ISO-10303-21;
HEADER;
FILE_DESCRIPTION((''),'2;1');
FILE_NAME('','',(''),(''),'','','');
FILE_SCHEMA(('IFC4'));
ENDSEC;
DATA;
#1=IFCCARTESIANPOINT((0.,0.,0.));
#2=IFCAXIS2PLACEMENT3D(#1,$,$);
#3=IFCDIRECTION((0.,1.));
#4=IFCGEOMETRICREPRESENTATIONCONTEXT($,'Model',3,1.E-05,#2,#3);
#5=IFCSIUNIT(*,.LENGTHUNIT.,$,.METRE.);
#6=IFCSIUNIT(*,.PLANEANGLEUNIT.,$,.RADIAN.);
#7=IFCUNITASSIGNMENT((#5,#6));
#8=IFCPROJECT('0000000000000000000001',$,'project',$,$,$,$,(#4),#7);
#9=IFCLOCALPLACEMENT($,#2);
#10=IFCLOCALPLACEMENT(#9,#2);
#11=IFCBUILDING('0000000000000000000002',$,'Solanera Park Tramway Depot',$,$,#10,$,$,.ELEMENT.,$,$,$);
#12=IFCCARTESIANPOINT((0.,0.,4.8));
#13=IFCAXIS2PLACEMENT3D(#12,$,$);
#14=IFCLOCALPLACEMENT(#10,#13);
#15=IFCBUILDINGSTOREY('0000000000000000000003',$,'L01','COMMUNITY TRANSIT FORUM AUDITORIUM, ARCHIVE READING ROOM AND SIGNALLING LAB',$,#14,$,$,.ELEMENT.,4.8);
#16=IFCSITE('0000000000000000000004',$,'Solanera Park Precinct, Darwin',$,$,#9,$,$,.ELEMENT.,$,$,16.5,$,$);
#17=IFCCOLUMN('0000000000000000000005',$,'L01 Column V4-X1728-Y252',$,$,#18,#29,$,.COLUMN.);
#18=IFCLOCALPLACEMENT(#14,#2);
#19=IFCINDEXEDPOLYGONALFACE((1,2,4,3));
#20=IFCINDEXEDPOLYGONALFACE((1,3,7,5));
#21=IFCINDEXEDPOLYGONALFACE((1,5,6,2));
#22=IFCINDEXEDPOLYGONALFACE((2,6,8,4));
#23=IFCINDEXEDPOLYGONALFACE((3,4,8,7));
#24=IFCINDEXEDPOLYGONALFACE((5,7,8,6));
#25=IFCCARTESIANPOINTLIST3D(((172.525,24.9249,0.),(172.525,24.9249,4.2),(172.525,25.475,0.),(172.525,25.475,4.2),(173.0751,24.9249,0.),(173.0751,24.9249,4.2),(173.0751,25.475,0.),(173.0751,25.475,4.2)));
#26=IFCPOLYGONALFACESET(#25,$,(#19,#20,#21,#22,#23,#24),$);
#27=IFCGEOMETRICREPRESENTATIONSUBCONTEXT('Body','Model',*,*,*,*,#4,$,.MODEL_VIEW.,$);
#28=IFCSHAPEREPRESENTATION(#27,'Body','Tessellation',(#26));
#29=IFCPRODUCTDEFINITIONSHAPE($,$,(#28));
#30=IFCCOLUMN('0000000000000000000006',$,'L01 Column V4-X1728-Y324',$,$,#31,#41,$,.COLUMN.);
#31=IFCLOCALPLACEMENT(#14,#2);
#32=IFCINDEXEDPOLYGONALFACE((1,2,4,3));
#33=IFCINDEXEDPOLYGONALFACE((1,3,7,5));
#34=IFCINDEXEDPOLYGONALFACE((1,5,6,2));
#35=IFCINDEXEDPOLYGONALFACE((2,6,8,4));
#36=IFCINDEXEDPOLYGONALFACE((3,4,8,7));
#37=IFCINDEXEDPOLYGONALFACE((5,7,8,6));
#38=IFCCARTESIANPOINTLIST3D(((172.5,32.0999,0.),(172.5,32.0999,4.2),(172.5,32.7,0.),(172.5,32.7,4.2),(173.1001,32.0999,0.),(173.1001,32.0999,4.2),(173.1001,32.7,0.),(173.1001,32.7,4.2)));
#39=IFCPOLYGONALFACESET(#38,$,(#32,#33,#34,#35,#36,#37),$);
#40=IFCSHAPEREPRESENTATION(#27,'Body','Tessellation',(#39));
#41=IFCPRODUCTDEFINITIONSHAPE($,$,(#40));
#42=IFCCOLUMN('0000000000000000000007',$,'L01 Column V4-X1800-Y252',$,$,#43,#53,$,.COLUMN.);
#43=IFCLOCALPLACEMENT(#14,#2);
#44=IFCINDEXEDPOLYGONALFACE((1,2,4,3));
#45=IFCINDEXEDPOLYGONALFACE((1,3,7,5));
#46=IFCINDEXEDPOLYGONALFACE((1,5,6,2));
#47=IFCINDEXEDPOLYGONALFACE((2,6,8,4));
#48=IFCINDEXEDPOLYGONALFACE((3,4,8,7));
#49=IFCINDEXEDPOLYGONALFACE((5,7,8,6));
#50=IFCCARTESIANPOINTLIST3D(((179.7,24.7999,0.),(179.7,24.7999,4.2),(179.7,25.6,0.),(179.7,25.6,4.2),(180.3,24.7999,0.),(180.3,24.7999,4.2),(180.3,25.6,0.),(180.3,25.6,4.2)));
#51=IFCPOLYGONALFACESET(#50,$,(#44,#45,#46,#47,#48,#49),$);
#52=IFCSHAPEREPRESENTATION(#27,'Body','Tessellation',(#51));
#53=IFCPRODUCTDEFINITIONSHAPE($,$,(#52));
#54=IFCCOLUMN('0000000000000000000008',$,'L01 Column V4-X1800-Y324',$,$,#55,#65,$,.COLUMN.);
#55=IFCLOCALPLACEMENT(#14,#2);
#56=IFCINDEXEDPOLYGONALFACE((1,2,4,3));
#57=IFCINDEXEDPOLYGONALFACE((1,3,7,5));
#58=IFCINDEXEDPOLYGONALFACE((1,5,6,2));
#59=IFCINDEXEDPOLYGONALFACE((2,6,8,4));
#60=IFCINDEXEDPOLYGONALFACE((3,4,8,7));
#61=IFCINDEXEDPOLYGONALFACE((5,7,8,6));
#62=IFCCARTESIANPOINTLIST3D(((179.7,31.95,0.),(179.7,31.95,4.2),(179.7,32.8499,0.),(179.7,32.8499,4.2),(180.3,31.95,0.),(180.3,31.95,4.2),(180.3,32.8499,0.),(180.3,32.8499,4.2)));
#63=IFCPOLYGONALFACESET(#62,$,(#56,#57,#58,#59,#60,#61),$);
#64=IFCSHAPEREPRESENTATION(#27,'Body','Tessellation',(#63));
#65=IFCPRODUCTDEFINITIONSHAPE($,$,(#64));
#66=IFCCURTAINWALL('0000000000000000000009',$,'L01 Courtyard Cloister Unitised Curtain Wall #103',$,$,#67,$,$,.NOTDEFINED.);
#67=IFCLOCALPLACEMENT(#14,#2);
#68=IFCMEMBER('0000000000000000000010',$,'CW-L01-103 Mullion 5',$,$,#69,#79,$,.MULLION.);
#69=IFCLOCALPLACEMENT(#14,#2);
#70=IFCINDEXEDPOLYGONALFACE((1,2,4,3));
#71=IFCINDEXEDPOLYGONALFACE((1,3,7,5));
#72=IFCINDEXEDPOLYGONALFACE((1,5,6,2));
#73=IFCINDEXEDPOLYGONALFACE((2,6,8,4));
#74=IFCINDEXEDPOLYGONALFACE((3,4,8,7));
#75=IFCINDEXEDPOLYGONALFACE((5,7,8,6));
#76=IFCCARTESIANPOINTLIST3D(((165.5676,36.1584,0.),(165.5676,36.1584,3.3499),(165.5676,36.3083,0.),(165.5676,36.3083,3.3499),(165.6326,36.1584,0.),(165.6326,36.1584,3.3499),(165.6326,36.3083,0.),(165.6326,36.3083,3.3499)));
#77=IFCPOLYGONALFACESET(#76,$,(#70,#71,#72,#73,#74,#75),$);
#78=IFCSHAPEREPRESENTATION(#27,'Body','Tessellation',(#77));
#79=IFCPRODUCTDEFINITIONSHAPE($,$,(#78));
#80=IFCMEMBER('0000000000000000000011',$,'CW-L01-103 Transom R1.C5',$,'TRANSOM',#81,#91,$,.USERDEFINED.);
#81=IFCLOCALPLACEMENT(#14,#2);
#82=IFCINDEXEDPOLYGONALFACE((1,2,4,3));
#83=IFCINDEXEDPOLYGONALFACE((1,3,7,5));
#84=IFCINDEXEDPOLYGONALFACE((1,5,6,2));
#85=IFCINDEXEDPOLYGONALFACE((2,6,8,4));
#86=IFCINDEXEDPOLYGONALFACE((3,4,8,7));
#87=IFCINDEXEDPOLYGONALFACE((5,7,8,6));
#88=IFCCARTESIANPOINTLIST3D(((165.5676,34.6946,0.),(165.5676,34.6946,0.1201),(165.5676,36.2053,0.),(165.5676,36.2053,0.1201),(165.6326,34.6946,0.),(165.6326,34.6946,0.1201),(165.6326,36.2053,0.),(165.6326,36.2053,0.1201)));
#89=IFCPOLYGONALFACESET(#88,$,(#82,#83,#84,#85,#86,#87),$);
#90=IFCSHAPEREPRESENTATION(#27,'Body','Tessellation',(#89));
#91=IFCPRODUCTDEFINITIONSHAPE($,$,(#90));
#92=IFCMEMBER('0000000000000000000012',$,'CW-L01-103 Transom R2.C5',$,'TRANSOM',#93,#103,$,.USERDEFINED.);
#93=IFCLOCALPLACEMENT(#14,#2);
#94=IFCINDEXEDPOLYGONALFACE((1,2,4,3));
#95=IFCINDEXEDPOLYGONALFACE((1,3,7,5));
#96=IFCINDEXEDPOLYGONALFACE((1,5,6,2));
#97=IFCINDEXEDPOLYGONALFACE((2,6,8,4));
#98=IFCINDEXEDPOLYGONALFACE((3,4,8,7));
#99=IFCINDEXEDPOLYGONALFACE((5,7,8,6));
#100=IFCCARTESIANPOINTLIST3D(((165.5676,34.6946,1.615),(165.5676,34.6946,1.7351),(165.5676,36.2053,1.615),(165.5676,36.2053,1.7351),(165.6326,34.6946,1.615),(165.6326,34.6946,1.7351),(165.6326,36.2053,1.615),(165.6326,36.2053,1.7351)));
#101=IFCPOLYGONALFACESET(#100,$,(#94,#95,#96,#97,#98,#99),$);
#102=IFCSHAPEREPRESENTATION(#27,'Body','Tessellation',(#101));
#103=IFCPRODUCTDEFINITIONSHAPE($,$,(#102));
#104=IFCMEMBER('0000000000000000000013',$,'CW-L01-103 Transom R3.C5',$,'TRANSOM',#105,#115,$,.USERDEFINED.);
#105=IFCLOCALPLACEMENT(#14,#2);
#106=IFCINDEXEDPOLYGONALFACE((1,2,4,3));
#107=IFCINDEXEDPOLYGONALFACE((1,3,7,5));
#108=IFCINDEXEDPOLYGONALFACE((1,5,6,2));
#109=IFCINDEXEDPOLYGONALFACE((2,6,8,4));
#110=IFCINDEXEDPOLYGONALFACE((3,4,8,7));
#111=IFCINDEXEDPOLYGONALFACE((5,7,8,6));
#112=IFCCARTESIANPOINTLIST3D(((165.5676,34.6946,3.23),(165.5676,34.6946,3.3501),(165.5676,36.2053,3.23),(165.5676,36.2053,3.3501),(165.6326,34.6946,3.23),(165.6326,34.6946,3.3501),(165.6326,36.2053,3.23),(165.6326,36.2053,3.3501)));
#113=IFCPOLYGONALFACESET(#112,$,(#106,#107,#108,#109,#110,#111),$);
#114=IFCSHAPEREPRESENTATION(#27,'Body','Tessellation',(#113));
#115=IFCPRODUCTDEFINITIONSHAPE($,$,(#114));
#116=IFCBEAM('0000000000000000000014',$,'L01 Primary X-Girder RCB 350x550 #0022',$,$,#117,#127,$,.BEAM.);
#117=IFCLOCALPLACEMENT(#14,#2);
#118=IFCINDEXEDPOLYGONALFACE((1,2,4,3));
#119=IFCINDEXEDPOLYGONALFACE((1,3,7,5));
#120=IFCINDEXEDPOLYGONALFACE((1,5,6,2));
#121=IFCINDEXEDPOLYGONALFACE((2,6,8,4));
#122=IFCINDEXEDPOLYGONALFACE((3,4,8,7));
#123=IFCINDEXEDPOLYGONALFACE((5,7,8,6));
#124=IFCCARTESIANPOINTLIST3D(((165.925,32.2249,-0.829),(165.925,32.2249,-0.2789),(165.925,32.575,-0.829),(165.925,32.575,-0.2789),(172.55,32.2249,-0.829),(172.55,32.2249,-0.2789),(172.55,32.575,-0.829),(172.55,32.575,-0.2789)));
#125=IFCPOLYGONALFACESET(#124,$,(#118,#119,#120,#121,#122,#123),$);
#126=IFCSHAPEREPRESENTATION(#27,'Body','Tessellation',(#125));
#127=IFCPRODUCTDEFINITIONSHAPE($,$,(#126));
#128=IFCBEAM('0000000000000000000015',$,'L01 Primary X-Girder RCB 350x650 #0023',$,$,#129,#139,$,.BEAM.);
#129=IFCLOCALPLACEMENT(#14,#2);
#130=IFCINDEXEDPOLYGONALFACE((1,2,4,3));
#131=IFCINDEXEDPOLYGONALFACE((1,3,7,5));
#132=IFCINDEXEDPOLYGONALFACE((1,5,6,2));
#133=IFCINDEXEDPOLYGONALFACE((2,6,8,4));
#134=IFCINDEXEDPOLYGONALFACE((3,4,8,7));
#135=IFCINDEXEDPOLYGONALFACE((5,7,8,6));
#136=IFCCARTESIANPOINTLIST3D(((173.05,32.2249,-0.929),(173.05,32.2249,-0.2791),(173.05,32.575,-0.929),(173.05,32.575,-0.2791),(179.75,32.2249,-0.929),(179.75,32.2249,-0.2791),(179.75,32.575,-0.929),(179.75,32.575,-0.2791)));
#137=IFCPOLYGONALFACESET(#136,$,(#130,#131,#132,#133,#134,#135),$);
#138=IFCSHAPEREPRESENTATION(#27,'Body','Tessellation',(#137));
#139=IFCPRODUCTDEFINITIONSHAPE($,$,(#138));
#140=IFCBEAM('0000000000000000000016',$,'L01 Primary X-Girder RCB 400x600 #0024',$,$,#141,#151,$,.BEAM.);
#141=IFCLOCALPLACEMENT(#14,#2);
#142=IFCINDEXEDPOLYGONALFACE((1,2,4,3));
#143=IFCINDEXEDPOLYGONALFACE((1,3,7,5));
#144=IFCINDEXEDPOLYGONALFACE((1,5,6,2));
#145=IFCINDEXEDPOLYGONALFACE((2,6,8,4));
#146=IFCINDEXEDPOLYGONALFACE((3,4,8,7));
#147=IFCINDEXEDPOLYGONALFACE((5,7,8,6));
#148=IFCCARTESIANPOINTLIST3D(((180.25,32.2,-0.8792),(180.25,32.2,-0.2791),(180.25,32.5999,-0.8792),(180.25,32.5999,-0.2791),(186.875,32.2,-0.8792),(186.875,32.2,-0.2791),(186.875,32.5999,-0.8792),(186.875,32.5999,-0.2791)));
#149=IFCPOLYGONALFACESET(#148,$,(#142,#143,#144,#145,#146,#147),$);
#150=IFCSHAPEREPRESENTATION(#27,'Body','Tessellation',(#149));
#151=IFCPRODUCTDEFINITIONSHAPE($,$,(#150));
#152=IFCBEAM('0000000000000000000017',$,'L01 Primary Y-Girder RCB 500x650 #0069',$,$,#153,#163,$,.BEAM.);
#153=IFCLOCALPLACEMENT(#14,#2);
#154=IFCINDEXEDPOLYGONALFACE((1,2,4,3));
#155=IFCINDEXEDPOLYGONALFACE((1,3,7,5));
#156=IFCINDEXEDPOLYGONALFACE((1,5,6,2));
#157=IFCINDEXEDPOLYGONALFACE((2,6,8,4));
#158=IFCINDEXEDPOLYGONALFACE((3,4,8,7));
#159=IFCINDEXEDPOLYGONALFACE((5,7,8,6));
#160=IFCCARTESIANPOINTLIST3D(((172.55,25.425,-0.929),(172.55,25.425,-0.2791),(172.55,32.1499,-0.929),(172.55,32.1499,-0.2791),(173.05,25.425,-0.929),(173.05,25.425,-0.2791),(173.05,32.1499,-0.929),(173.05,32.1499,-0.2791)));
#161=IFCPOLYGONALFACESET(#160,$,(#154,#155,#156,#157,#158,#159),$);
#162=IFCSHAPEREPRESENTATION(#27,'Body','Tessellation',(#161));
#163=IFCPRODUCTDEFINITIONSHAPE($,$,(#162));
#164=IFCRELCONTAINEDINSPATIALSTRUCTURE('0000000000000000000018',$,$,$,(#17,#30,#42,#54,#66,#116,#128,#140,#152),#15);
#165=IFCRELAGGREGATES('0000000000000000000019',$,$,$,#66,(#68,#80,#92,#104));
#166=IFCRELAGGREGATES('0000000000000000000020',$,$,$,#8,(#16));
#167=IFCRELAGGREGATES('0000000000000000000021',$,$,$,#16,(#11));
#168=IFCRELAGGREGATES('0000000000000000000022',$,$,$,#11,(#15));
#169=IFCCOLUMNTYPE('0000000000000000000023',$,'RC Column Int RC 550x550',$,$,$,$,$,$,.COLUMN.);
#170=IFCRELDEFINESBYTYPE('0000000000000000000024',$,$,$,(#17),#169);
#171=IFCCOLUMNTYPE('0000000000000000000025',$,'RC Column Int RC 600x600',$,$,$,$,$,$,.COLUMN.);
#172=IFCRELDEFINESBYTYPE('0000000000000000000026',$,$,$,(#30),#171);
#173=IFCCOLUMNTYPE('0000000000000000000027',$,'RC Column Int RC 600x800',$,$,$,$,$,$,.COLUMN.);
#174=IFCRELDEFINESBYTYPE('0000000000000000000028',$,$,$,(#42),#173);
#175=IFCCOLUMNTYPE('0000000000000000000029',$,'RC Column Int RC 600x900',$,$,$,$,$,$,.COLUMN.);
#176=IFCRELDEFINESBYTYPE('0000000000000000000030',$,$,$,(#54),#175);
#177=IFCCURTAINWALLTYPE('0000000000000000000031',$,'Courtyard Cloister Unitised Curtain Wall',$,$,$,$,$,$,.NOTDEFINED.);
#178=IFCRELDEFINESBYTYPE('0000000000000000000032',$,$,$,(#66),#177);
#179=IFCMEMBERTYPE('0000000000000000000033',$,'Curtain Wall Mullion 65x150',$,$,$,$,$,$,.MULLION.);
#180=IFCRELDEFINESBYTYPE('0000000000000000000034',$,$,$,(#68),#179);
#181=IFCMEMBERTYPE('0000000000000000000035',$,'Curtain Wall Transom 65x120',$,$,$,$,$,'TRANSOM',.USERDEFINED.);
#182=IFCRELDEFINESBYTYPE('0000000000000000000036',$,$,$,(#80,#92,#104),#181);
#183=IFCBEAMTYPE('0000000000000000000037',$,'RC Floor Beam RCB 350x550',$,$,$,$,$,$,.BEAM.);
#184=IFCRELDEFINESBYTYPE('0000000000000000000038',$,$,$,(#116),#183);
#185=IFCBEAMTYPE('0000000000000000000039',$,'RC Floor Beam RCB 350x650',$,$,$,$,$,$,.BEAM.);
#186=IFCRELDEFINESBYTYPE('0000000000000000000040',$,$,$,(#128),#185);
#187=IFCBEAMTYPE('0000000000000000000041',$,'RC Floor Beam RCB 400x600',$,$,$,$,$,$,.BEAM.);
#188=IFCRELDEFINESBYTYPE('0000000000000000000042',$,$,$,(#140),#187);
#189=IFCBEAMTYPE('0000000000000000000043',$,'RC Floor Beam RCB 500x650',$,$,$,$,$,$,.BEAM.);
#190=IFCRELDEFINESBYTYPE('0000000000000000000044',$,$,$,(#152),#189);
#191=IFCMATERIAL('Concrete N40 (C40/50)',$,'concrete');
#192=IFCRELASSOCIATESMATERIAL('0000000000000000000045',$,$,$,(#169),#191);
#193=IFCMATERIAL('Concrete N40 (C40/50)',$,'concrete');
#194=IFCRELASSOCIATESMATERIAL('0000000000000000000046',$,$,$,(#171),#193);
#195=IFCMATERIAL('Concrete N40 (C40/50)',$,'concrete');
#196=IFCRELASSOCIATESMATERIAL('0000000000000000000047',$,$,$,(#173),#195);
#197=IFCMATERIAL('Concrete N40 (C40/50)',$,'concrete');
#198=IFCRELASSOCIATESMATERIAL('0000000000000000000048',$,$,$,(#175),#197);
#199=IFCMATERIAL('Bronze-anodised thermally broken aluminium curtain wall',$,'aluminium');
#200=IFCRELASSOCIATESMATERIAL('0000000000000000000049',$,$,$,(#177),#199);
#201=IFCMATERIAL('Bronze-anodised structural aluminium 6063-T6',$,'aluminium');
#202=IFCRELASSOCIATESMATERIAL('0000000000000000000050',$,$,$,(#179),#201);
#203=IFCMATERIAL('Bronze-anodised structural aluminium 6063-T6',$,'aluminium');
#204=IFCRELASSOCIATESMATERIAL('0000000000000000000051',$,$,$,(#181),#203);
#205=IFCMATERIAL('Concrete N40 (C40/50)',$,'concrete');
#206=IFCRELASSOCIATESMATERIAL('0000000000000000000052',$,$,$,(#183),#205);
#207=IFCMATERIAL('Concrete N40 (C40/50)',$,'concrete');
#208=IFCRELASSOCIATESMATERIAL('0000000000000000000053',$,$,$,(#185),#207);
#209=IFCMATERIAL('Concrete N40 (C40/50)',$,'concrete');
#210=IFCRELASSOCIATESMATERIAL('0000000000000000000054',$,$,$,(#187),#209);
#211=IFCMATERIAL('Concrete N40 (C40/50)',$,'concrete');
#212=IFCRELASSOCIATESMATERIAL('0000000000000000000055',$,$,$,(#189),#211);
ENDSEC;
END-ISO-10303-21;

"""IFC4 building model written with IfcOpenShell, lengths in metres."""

from ifc_helpers import new_model, si_unit, direction, frame, origin, origin_2d, place, context, subcontext, project, spatial, rectangle, extrude, material, material_profile, profile_set, type_object, element, aggregate, save


model = new_model("IFC4")

# Units and contexts
model_context = context("Model", 3, precision=1e-05, world=origin(), true_north=direction((0.0, 1.0)))
body_context = subcontext(model_context, "Body", "Model", "MODEL_VIEW")
ifc_project = project(units=[si_unit("LENGTHUNIT", "METRE"), si_unit("PLANEANGLEUNIT", "RADIAN")], contexts=[model_context])

# Site, building, storey
site_placement = place(None, origin())
site = spatial("IfcSite", under=ifc_project, at=site_placement, Name="Solanera Park Precinct, Darwin", CompositionType="ELEMENT", RefElevation=16.5)
building_placement = place(site_placement, origin())
building = spatial("IfcBuilding", under=site, at=building_placement, Name="Solanera Park Tramway Depot", CompositionType="ELEMENT")
storey_placement = place(building_placement, frame((0.0, 0.0, 4.8)))
storey = spatial("IfcBuildingStorey", under=building, at=storey_placement, Name="L01", Description="COMMUNITY TRANSIT FORUM AUDITORIUM, ARCHIVE READING ROOM AND SIGNALLING LAB", CompositionType="ELEMENT", Elevation=4.8)

# Columns
ifc_material_1 = material(Name="Concrete N40 (C40/50)", Category="concrete")
ifc_material_profile_1 = material_profile(ifc_material_1, rectangle(XDim=0.55, YDim=0.55, at=origin_2d()), Name="RC 550x550")
ifc_profile_set_1 = profile_set([ifc_material_profile_1], Name="Concrete N40 (C40/50)")
column_type_1 = type_object("IfcColumnType", Name="RC Column Int RC 550x550", PredefinedType="COLUMN", material=ifc_profile_set_1)
column_1_placement = place(storey_placement, frame((172.8, 25.2, 0.0), z_axis=(0.0, 0.0, 1.0), x_axis=(1.0, 0.0, 0.0)))
element("IfcColumn", 1, at=column_1_placement, inside=storey, type_object=column_type_1, Name="L01 Column V4-X1728-Y252", PredefinedType="COLUMN", context=body_context, shape_type="SweptSolid", body=[
    extrude(rectangle(XDim=0.55, YDim=0.55, at=origin_2d()), origin(), (0.0, 0.0, 1.0), 4.2),
])
ifc_material_2 = material(Name="Concrete N40 (C40/50)", Category="concrete")
ifc_material_profile_2 = material_profile(ifc_material_2, rectangle(XDim=0.6001, YDim=0.6001, at=origin_2d()), Name="RC 600x600")
ifc_profile_set_2 = profile_set([ifc_material_profile_2], Name="Concrete N40 (C40/50)")
column_type_2 = type_object("IfcColumnType", Name="RC Column Int RC 600x600", PredefinedType="COLUMN", material=ifc_profile_set_2)
column_2_placement = place(storey_placement, frame((172.8, 32.3999, 0.0), z_axis=(0.0, 0.0, 1.0), x_axis=(1.0, 0.0, 0.0)))
element("IfcColumn", 2, at=column_2_placement, inside=storey, type_object=column_type_2, Name="L01 Column V4-X1728-Y324", PredefinedType="COLUMN", context=body_context, shape_type="SweptSolid", body=[
    extrude(rectangle(XDim=0.6001, YDim=0.6001, at=origin_2d()), origin(), (0.0, 0.0, 1.0), 4.2),
])
ifc_material_3 = material(Name="Concrete N40 (C40/50)", Category="concrete")
ifc_material_profile_3 = material_profile(ifc_material_3, rectangle(XDim=0.6001, YDim=0.8, at=origin_2d()), Name="RC 600x800")
ifc_profile_set_3 = profile_set([ifc_material_profile_3], Name="Concrete N40 (C40/50)")
column_type_3 = type_object("IfcColumnType", Name="RC Column Int RC 600x800", PredefinedType="COLUMN", material=ifc_profile_set_3)
column_3_placement = place(storey_placement, frame((180.0, 25.2, 0.0), z_axis=(0.0, 0.0, 1.0), x_axis=(1.0, 0.0, 0.0)))
element("IfcColumn", 3, at=column_3_placement, inside=storey, type_object=column_type_3, Name="L01 Column V4-X1800-Y252", PredefinedType="COLUMN", context=body_context, shape_type="SweptSolid", body=[
    extrude(rectangle(XDim=0.6001, YDim=0.8, at=origin_2d()), origin(), (0.0, 0.0, 1.0), 4.2),
])
ifc_material_4 = material(Name="Concrete N40 (C40/50)", Category="concrete")
ifc_material_profile_4 = material_profile(ifc_material_4, rectangle(XDim=0.6001, YDim=0.8999, at=origin_2d()), Name="RC 600x900")
ifc_profile_set_4 = profile_set([ifc_material_profile_4], Name="Concrete N40 (C40/50)")
column_type_4 = type_object("IfcColumnType", Name="RC Column Int RC 600x900", PredefinedType="COLUMN", material=ifc_profile_set_4)
column_4_placement = place(storey_placement, frame((180.0, 32.3999, 0.0), z_axis=(0.0, 0.0, 1.0), x_axis=(1.0, 0.0, 0.0)))
element("IfcColumn", 4, at=column_4_placement, inside=storey, type_object=column_type_4, Name="L01 Column V4-X1800-Y324", PredefinedType="COLUMN", context=body_context, shape_type="SweptSolid", body=[
    extrude(rectangle(XDim=0.6001, YDim=0.8999, at=origin_2d()), origin(), (0.0, 0.0, 1.0), 4.2),
])

# Curtain wall, members
ifc_material_5 = material(Name="Bronze-anodised thermally broken aluminium curtain wall", Category="aluminium")
curtain_wall_type = type_object("IfcCurtainWallType", Name="Courtyard Cloister Unitised Curtain Wall", PredefinedType="NOTDEFINED", material=ifc_material_5)
curtain_wall_placement = place(storey_placement, origin())
curtain_wall = element("IfcCurtainWall", 5, at=curtain_wall_placement, inside=storey, type_object=curtain_wall_type, Name="L01 Courtyard Cloister Unitised Curtain Wall #103", PredefinedType="NOTDEFINED")
ifc_material_6 = material(Name="Bronze-anodised structural aluminium 6063-T6", Category="aluminium")
ifc_material_profile_5 = material_profile(ifc_material_6, rectangle(XDim=0.0649, YDim=0.1499, at=origin_2d()), Name="Curtain Wall Mullion 65x150")
ifc_profile_set_5 = profile_set([ifc_material_profile_5], Name="Bronze-anodised structural aluminium 6063-T6")
member_type_1 = type_object("IfcMemberType", Name="Curtain Wall Mullion 65x150", PredefinedType="MULLION", material=ifc_profile_set_5)
member_1_placement = place(storey_placement, frame((165.6001, 36.2334, 0.0), z_axis=(0.0, 0.0, 1.0), x_axis=(1.0, 0.0, 0.0)))
member_1 = element("IfcMember", 6, at=member_1_placement, type_object=member_type_1, Name="CW-L01-103 Mullion 5", PredefinedType="MULLION", context=body_context, shape_type="SweptSolid", body=[
    extrude(rectangle(XDim=0.0649, YDim=0.1499, at=origin_2d()), origin(), (0.0, 0.0, 1.0), 3.3499),
])
ifc_material_7 = material(Name="Bronze-anodised structural aluminium 6063-T6", Category="aluminium")
ifc_material_profile_6 = material_profile(ifc_material_7, rectangle(XDim=0.0649, YDim=0.1201, at=origin_2d()), Name="Curtain Wall Transom 65x120")
ifc_profile_set_6 = profile_set([ifc_material_profile_6], Name="Bronze-anodised structural aluminium 6063-T6")
member_type_2 = type_object("IfcMemberType", Name="Curtain Wall Transom 65x120", ElementType="TRANSOM", PredefinedType="USERDEFINED", material=ifc_profile_set_6)
member_2_placement = place(storey_placement, frame((165.6001, 36.2053, 0.0601), z_axis=(0.0, -1.0, 0.0), x_axis=(1.0, 0.0, 0.0)))
member_2 = element("IfcMember", 7, at=member_2_placement, type_object=member_type_2, Name="CW-L01-103 Transom R1.C5", ObjectType="TRANSOM", PredefinedType="USERDEFINED", context=body_context, shape_type="SweptSolid", body=[
    extrude(rectangle(XDim=0.0649, YDim=0.1201, at=origin_2d()), origin(), (0.0, 0.0, 1.0), 1.5107),
])
member_3_placement = place(storey_placement, frame((165.6001, 36.2053, 1.675), z_axis=(0.0, -1.0, 0.0), x_axis=(1.0, 0.0, 0.0)))
member_3 = element("IfcMember", 8, at=member_3_placement, type_object=member_type_2, Name="CW-L01-103 Transom R2.C5", ObjectType="TRANSOM", PredefinedType="USERDEFINED", context=body_context, shape_type="SweptSolid", body=[
    extrude(rectangle(XDim=0.0649, YDim=0.1201, at=origin_2d()), origin(), (0.0, 0.0, 1.0), 1.5107),
])
member_4_placement = place(storey_placement, frame((165.6001, 36.2053, 3.29), z_axis=(0.0, -1.0, 0.0), x_axis=(1.0, 0.0, 0.0)))
member_4 = element("IfcMember", 9, at=member_4_placement, type_object=member_type_2, Name="CW-L01-103 Transom R3.C5", ObjectType="TRANSOM", PredefinedType="USERDEFINED", context=body_context, shape_type="SweptSolid", body=[
    extrude(rectangle(XDim=0.0649, YDim=0.1201, at=origin_2d()), origin(), (0.0, 0.0, 1.0), 1.5107),
])

# Beams
ifc_material_8 = material(Name="Concrete N40 (C40/50)", Category="concrete")
ifc_material_profile_7 = material_profile(ifc_material_8, rectangle(XDim=0.3501, YDim=0.55, at=origin_2d()), Name="RCB 350x550")
ifc_profile_set_7 = profile_set([ifc_material_profile_7], Name="Concrete N40 (C40/50)")
beam_type_1 = type_object("IfcBeamType", Name="RC Floor Beam RCB 350x550", PredefinedType="BEAM", material=ifc_profile_set_7)
beam_1_placement = place(storey_placement, frame((165.925, 32.3999, -0.554), z_axis=(1.0, 0.0, 0.0), x_axis=(0.0, 1.0, 0.0)))
element("IfcBeam", 10, at=beam_1_placement, inside=storey, type_object=beam_type_1, Name="L01 Primary X-Girder RCB 350x550 #0022", PredefinedType="BEAM", context=body_context, shape_type="SweptSolid", body=[
    extrude(rectangle(XDim=0.3501, YDim=0.55, at=origin_2d()), origin(), (0.0, 0.0, 1.0), 6.625),
])
ifc_material_9 = material(Name="Concrete N40 (C40/50)", Category="concrete")
ifc_material_profile_8 = material_profile(ifc_material_9, rectangle(XDim=0.3501, YDim=0.6499, at=origin_2d()), Name="RCB 350x650")
ifc_profile_set_8 = profile_set([ifc_material_profile_8], Name="Concrete N40 (C40/50)")
beam_type_2 = type_object("IfcBeamType", Name="RC Floor Beam RCB 350x650", PredefinedType="BEAM", material=ifc_profile_set_8)
beam_2_placement = place(storey_placement, frame((173.05, 32.3999, -0.604), z_axis=(1.0, 0.0, 0.0), x_axis=(0.0, 1.0, 0.0)))
element("IfcBeam", 11, at=beam_2_placement, inside=storey, type_object=beam_type_2, Name="L01 Primary X-Girder RCB 350x650 #0023", PredefinedType="BEAM", context=body_context, shape_type="SweptSolid", body=[
    extrude(rectangle(XDim=0.3501, YDim=0.6499, at=origin_2d()), origin(), (0.0, 0.0, 1.0), 6.7),
])
ifc_material_10 = material(Name="Concrete N40 (C40/50)", Category="concrete")
ifc_material_profile_9 = material_profile(ifc_material_10, rectangle(XDim=0.3999, YDim=0.6001, at=origin_2d()), Name="RCB 400x600")
ifc_profile_set_9 = profile_set([ifc_material_profile_9], Name="Concrete N40 (C40/50)")
beam_type_3 = type_object("IfcBeamType", Name="RC Floor Beam RCB 400x600", PredefinedType="BEAM", material=ifc_profile_set_9)
beam_3_placement = place(storey_placement, frame((180.25, 32.3999, -0.5791), z_axis=(1.0, 0.0, 0.0), x_axis=(0.0, 1.0, 0.0)))
element("IfcBeam", 12, at=beam_3_placement, inside=storey, type_object=beam_type_3, Name="L01 Primary X-Girder RCB 400x600 #0024", PredefinedType="BEAM", context=body_context, shape_type="SweptSolid", body=[
    extrude(rectangle(XDim=0.3999, YDim=0.6001, at=origin_2d()), origin(), (0.0, 0.0, 1.0), 6.625),
])
ifc_material_11 = material(Name="Concrete N40 (C40/50)", Category="concrete")
ifc_material_profile_10 = material_profile(ifc_material_11, rectangle(XDim=0.5, YDim=0.6499, at=origin_2d()), Name="RCB 500x650")
ifc_profile_set_10 = profile_set([ifc_material_profile_10], Name="Concrete N40 (C40/50)")
beam_type_4 = type_object("IfcBeamType", Name="RC Floor Beam RCB 500x650", PredefinedType="BEAM", material=ifc_profile_set_10)
beam_4_placement = place(storey_placement, frame((172.8, 25.425, -0.604), z_axis=(0.0, 1.0, 0.0), x_axis=(-1.0, 0.0, 0.0)))
element("IfcBeam", 13, at=beam_4_placement, inside=storey, type_object=beam_type_4, Name="L01 Primary Y-Girder RCB 500x650 #0069", PredefinedType="BEAM", context=body_context, shape_type="SweptSolid", body=[
    extrude(rectangle(XDim=0.5, YDim=0.6499, at=origin_2d()), origin(), (0.0, 0.0, 1.0), 6.7249),
])

aggregate(curtain_wall, [member_1, member_2, member_3, member_4])

save(model, "model.ifc")
